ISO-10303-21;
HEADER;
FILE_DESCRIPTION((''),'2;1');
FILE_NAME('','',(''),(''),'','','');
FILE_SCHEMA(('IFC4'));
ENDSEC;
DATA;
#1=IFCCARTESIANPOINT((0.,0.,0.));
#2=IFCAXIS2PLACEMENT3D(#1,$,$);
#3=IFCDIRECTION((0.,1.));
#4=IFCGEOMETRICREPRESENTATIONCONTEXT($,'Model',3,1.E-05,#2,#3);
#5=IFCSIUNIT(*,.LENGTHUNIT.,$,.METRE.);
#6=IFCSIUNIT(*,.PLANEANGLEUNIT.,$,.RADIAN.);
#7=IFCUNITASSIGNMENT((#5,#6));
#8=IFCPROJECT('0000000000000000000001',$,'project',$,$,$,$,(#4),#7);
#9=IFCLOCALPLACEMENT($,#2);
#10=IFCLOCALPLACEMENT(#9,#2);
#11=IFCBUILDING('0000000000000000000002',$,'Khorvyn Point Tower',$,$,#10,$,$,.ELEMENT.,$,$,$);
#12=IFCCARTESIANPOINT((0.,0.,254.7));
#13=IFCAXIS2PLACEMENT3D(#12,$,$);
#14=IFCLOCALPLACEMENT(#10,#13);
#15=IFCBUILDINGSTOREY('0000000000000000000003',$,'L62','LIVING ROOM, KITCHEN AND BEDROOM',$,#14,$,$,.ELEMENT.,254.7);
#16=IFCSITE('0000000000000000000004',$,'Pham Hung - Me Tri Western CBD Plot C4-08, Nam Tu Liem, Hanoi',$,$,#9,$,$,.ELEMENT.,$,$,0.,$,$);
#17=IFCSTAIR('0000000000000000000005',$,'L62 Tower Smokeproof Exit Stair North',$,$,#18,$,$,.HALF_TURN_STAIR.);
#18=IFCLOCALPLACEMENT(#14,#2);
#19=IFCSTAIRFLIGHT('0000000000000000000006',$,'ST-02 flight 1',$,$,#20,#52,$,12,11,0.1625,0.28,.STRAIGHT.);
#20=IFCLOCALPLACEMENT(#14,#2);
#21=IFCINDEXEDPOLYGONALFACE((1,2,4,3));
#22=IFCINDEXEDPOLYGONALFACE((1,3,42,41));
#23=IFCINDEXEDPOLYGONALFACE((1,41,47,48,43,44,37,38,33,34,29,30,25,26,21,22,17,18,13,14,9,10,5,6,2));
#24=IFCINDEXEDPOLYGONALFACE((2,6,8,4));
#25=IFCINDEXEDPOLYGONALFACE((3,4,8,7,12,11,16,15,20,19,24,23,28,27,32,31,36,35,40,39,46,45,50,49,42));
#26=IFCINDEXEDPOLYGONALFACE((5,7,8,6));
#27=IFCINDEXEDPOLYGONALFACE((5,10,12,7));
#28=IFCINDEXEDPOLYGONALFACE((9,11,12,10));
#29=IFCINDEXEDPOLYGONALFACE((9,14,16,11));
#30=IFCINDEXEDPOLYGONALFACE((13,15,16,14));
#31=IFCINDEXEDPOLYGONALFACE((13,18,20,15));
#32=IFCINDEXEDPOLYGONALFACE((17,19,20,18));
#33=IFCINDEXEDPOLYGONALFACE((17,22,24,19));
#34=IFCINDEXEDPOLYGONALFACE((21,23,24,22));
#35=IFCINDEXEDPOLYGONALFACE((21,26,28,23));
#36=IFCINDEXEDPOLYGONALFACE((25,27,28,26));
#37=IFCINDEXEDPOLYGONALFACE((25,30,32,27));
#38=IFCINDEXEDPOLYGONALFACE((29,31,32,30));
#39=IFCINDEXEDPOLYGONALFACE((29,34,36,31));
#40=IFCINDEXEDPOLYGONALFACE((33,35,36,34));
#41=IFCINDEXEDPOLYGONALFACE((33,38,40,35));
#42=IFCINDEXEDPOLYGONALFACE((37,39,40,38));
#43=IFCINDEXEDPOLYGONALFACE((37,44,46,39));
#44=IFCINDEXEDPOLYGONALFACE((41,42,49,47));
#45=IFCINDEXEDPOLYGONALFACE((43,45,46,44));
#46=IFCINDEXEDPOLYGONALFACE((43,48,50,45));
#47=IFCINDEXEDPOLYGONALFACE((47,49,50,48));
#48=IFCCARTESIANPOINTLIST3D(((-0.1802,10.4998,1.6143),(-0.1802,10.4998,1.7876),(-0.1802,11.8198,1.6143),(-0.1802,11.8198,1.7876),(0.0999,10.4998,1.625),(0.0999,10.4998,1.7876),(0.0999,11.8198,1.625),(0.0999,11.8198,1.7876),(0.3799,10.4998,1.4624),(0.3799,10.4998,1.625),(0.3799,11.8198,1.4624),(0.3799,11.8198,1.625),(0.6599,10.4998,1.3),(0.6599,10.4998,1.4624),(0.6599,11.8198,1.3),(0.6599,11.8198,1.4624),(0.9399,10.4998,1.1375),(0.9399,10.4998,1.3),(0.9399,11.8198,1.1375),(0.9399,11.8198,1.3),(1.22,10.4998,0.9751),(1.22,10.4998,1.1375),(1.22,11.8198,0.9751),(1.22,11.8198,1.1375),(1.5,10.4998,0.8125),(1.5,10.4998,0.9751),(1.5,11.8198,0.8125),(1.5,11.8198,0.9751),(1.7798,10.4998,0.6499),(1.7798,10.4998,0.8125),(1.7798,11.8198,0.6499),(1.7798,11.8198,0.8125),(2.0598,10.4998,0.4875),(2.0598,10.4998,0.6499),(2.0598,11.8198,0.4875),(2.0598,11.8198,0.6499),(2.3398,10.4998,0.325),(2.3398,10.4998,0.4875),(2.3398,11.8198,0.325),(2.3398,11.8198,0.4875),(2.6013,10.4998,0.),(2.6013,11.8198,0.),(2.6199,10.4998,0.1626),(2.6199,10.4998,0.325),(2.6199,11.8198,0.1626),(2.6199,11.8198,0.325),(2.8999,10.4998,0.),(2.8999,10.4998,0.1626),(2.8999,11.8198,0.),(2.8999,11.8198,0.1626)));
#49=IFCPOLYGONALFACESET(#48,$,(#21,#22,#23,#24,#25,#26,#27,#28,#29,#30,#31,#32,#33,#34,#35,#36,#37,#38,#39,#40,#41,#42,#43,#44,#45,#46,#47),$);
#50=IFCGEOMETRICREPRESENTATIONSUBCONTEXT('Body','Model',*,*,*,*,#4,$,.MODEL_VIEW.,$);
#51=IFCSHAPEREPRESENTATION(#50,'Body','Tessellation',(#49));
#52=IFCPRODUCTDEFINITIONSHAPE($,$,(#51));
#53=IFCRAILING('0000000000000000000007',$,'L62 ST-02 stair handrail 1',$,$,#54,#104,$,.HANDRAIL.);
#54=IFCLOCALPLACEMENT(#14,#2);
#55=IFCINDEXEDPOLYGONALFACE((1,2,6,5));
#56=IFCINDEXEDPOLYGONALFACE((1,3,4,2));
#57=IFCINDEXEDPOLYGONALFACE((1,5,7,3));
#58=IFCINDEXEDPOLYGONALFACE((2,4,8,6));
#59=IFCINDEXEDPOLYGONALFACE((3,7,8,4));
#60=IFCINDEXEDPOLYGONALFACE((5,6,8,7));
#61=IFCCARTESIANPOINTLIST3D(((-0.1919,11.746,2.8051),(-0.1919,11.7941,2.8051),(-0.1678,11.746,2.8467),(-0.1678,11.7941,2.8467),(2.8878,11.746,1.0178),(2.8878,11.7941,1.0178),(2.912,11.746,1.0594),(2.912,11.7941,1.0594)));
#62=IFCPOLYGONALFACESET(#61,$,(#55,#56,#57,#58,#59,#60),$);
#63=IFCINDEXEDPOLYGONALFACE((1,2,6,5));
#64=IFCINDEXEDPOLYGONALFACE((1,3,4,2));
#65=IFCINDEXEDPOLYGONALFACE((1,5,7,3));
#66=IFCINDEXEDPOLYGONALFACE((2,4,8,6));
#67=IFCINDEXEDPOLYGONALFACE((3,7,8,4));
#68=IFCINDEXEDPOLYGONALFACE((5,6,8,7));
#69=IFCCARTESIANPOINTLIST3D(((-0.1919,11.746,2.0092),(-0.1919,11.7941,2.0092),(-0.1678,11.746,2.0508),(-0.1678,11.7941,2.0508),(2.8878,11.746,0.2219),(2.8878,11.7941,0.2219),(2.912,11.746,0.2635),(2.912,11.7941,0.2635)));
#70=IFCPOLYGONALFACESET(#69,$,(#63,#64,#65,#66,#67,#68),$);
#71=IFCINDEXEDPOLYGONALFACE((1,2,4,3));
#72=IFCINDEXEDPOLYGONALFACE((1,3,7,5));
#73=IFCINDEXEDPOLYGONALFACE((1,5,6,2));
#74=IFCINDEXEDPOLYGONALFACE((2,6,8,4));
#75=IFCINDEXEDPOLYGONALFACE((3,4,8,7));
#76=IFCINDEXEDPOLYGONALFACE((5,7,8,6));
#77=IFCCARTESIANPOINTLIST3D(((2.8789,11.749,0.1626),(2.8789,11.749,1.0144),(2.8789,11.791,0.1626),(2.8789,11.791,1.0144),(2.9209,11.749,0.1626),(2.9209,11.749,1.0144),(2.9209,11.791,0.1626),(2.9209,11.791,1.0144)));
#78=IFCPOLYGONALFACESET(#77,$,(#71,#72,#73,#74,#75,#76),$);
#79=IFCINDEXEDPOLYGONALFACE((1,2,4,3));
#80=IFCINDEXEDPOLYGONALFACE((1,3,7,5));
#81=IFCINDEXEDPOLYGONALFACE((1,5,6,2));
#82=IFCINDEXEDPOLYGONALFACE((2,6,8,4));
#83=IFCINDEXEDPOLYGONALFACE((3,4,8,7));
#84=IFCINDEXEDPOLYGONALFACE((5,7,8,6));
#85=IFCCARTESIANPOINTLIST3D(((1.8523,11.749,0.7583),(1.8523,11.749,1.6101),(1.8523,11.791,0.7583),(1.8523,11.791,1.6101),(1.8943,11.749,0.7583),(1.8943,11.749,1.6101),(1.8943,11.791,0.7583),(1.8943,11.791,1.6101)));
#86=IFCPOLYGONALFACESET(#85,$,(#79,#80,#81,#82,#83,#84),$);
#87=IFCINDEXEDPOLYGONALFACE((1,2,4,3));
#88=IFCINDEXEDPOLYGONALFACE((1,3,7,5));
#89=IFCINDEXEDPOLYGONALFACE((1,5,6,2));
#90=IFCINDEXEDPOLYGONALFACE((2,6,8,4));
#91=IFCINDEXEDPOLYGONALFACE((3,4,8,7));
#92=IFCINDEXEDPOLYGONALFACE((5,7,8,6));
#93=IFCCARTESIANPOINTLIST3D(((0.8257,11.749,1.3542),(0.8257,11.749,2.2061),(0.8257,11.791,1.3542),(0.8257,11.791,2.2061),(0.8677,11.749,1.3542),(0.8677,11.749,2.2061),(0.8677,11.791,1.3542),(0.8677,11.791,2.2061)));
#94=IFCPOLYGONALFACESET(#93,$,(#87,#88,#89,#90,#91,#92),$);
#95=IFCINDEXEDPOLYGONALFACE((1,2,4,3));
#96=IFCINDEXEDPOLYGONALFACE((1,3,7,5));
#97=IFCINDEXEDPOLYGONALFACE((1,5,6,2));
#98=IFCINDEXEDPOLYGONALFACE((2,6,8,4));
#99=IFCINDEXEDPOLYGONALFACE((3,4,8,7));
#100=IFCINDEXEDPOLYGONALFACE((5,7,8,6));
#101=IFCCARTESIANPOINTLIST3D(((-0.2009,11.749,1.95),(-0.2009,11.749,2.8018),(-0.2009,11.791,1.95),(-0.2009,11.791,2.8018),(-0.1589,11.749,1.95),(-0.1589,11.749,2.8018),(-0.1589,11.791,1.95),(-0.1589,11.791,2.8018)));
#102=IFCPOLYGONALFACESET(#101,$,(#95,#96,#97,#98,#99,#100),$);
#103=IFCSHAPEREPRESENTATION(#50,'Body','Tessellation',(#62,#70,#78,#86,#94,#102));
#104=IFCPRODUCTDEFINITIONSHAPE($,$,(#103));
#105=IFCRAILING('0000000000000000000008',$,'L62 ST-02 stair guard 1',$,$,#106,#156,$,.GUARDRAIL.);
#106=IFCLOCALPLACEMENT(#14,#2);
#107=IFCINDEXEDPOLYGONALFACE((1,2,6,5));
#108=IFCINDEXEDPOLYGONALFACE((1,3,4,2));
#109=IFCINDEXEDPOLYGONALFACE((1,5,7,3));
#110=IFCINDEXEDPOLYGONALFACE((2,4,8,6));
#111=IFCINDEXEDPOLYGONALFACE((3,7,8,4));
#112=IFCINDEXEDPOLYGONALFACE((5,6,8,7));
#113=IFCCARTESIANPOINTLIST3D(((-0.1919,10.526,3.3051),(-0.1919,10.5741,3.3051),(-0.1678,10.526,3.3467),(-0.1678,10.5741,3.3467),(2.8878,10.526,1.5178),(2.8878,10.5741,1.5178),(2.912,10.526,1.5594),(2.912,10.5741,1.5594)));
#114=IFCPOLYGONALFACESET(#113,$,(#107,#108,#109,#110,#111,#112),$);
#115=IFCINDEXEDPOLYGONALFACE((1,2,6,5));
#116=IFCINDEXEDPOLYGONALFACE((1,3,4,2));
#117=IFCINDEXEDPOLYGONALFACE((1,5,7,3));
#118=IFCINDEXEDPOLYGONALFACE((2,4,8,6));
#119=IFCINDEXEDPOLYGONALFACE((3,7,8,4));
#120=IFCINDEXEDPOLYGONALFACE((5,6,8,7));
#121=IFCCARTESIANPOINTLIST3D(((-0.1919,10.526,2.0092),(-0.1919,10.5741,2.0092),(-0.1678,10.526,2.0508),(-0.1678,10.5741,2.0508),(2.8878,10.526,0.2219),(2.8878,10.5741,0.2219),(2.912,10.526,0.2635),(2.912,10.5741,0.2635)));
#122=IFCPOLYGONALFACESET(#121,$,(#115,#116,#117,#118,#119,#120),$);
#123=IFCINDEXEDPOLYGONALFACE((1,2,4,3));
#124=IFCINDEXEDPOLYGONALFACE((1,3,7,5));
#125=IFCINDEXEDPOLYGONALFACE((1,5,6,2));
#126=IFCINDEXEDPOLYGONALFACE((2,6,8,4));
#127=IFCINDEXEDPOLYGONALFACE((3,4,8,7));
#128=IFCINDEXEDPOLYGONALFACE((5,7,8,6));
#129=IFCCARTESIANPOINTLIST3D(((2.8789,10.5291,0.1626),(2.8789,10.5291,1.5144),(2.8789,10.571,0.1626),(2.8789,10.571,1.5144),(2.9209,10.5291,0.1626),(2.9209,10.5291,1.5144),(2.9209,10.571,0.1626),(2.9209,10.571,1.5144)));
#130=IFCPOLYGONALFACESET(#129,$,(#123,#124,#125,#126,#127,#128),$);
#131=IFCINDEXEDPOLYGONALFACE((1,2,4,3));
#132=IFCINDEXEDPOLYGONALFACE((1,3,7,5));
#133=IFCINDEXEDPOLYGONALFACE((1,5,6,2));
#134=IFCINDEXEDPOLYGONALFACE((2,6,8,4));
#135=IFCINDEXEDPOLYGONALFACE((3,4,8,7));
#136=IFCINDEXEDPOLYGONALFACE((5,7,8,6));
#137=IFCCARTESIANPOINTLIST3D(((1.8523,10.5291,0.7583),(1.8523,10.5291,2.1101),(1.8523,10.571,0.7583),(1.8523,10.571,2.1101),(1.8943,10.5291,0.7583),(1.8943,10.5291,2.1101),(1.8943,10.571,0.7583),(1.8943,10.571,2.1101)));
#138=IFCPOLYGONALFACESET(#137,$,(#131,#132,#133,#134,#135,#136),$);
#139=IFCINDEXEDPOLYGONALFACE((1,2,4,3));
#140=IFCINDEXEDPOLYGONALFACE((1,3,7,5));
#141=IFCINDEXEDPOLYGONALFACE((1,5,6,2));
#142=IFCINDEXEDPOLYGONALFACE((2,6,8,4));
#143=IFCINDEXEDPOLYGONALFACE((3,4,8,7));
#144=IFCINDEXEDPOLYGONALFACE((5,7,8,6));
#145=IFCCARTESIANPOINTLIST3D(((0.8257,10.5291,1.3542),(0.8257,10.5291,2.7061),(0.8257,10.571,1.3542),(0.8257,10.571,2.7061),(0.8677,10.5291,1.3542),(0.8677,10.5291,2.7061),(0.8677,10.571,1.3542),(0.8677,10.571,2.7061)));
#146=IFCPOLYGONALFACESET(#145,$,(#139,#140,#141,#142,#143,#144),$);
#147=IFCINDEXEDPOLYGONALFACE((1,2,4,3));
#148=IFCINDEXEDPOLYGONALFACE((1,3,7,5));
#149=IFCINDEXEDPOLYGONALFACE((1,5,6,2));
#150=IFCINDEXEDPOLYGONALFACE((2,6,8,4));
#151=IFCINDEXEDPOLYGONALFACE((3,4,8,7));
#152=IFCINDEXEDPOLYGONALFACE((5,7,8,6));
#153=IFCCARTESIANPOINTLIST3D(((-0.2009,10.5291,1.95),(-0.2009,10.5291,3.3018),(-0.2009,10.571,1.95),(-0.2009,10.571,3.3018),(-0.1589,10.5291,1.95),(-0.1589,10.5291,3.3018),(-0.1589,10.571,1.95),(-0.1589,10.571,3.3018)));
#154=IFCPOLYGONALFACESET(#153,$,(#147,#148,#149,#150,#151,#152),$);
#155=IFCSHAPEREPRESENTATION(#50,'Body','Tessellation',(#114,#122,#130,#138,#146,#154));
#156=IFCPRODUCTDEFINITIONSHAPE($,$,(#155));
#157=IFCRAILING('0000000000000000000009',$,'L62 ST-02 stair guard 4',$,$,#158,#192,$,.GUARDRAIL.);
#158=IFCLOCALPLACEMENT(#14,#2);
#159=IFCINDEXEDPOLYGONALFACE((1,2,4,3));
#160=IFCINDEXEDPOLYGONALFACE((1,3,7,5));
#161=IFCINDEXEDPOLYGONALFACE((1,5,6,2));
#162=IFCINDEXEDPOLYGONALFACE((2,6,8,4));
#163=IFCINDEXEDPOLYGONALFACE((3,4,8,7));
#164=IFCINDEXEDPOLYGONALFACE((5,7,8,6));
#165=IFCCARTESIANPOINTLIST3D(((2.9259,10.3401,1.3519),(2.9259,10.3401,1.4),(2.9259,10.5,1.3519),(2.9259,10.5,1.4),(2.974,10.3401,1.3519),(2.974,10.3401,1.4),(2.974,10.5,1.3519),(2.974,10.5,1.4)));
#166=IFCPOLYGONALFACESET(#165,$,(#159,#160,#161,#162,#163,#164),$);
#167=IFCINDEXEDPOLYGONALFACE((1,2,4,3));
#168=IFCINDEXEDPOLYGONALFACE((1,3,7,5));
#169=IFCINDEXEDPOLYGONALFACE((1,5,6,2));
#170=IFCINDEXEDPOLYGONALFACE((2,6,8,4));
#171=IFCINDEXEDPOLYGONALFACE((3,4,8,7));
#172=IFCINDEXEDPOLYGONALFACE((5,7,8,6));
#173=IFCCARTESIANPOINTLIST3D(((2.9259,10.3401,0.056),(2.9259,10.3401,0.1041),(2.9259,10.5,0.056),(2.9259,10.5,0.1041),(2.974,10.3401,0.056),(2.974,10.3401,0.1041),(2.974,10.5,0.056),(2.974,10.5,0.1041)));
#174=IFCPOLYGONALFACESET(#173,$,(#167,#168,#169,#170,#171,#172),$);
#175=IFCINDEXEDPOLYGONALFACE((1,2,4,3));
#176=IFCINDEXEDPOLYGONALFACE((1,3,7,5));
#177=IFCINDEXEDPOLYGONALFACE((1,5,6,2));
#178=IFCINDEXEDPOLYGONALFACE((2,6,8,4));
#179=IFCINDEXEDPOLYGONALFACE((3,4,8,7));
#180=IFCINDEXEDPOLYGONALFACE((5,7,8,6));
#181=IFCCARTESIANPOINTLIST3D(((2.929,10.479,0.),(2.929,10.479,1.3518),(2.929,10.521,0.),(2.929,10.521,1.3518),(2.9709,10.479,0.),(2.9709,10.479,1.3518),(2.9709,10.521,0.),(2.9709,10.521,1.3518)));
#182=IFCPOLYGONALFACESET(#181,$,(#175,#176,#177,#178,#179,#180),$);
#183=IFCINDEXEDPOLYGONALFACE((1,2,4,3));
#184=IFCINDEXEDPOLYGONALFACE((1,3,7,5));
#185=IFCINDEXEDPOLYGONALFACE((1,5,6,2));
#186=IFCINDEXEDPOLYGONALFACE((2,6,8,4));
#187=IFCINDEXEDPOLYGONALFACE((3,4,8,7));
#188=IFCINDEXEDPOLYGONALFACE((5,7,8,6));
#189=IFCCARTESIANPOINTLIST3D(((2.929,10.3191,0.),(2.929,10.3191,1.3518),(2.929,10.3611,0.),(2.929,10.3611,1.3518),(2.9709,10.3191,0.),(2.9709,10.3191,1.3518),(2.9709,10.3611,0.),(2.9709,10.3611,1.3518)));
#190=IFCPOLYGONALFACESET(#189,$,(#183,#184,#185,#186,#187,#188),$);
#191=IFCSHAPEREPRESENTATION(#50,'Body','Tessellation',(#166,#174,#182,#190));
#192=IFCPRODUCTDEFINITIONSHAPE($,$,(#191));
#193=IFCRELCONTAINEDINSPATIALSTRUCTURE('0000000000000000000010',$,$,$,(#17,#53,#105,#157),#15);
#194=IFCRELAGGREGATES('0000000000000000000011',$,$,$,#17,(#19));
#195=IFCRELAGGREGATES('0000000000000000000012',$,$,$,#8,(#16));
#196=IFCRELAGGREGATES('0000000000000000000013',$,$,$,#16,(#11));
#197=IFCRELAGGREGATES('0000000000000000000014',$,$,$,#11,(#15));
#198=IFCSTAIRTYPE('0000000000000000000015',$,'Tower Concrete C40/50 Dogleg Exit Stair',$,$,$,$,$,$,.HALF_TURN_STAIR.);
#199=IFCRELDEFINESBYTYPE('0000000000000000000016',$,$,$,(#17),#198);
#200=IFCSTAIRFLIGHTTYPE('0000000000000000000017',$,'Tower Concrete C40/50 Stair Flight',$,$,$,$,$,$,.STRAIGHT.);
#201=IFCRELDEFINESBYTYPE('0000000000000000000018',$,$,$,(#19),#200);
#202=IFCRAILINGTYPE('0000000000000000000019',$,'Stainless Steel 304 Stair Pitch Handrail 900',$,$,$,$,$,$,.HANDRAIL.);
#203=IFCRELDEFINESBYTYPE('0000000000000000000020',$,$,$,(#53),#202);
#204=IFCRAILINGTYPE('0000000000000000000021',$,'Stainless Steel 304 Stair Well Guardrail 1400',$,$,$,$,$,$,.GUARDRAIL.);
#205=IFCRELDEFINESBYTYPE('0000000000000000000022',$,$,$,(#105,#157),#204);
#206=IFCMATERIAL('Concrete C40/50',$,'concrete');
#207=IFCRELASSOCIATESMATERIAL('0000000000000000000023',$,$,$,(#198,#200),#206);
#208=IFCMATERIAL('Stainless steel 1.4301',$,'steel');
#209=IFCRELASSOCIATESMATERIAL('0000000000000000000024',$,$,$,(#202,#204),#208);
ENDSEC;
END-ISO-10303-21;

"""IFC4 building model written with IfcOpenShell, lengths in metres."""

from ifc_helpers import new_model, si_unit, direction, frame, origin, origin_2d, place, context, subcontext, project, spatial, polyline, rectangle, outline, extrude, material, type_object, element, aggregate, save


model = new_model("IFC4")

# Units and contexts
model_context = context("Model", 3, precision=1e-05, world=origin(), true_north=direction((0.0, 1.0)))
body_context = subcontext(model_context, "Body", "Model", "MODEL_VIEW")
ifc_project = project(units=[si_unit("LENGTHUNIT", "METRE"), si_unit("PLANEANGLEUNIT", "RADIAN")], contexts=[model_context])

# Site, building, storey
site_placement = place(None, origin())
site = spatial("IfcSite", under=ifc_project, at=site_placement, Name="Pham Hung - Me Tri Western CBD Plot C4-08, Nam Tu Liem, Hanoi", CompositionType="ELEMENT", RefElevation=0.0)
building_placement = place(site_placement, origin())
building = spatial("IfcBuilding", under=site, at=building_placement, Name="Khorvyn Point Tower", CompositionType="ELEMENT")
storey_placement = place(building_placement, frame((0.0, 0.0, 254.7)))
storey = spatial("IfcBuildingStorey", under=building, at=storey_placement, Name="L62", Description="LIVING ROOM, KITCHEN AND BEDROOM", CompositionType="ELEMENT", Elevation=254.7)

# Shared definitions
ifc_material_1 = material(Name="Concrete C40/50", Category="concrete")

# Shared definitions
ifc_material_2 = material(Name="Stainless steel 1.4301", Category="steel")

# Stair, stair flight
stair_type = type_object("IfcStairType", Name="Tower Concrete C40/50 Dogleg Exit Stair", PredefinedType="HALF_TURN_STAIR", material=ifc_material_1)
stair_placement = place(storey_placement, origin())
stair = element("IfcStair", 1, at=stair_placement, inside=storey, type_object=stair_type, Name="L62 Tower Smokeproof Exit Stair North", PredefinedType="HALF_TURN_STAIR")
stair_flight_type = type_object("IfcStairFlightType", Name="Tower Concrete C40/50 Stair Flight", PredefinedType="STRAIGHT", material=ifc_material_1)
stair_flight_placement = place(storey_placement, frame((2.8999, 11.1599, 0.0), z_axis=(0.0, 0.0, 1.0), x_axis=(-1.0, 0.0, 0.0)))
stair_flight = element("IfcStairFlight", 2, at=stair_flight_placement, type_object=stair_flight_type, Name="ST-02 flight 1", NumberOfRisers=12, NumberOfTreads=11, PredefinedType="STRAIGHT", RiserHeight=0.1625, TreadLength=0.28, context=body_context, shape_type="SweptSolid", body=[
    extrude(outline(polyline([(0.0, 0.0), (0.0, 0.1626), (0.28, 0.1626), (0.28, 0.325), (0.5601, 0.325), (0.5601, 0.4875), (0.8401, 0.4875), (0.8401, 0.6499), (1.1201, 0.6499), (1.1201, 0.8125), (1.3999, 0.8125), (1.3999, 0.9751), (1.6799, 0.9751), (1.6799, 1.1375), (1.96, 1.1375), (1.96, 1.3), (2.24, 1.3), (2.24, 1.4624), (2.52, 1.4624), (2.52, 1.625), (2.8, 1.625), (2.8, 1.7876), (3.0801, 1.7876), (3.0801, 1.95), (3.0801, 1.6143), (0.2986, 0.0), (0.0, 0.0)])), frame((0.0, 0.6602, 0.0), z_axis=(0.0, -1.0, 0.0), x_axis=(1.0, 0.0, 0.0)), (0.0, 0.0, 1.0), 1.3201),
])
aggregate(stair, [stair_flight])

# Railings
railing_type_1 = type_object("IfcRailingType", Name="Stainless Steel 304 Stair Pitch Handrail 900", PredefinedType="HANDRAIL", material=ifc_material_2)
railing_1_placement = place(storey_placement, frame((2.8999, 11.77, 0.1626)))
element("IfcRailing", 3, at=railing_1_placement, inside=storey, type_object=railing_type_1, Name="L62 ST-02 stair handrail 1", PredefinedType="HANDRAIL", context=body_context, shape_type="SweptSolid", body=[
    extrude(rectangle(XDim=0.0481, YDim=0.0481, at=origin_2d()), frame((0.0, 0.0, 0.876), z_axis=(-0.864903, 0.0, 0.501939), x_axis=(0.0, -1.0, 0.0)), (0.0, 0.0, 1.0), 3.5608),
    extrude(rectangle(XDim=0.0481, YDim=0.0481, at=origin_2d()), frame((0.0, 0.0, 0.0801), z_axis=(-0.864903, 0.0, 0.501939), x_axis=(0.0, -1.0, 0.0)), (0.0, 0.0, 1.0), 3.5608),
    extrude(rectangle(XDim=0.042, YDim=0.042, at=origin_2d()), origin(), (0.0, 0.0, 1.0), 0.8518),
    extrude(rectangle(XDim=0.042, YDim=0.042, at=origin_2d()), frame((-1.0266, 0.0, 0.5957)), (0.0, 0.0, 1.0), 0.8518),
    extrude(rectangle(XDim=0.042, YDim=0.042, at=origin_2d()), frame((-2.0532, 0.0, 1.1917)), (0.0, 0.0, 1.0), 0.8518),
    extrude(rectangle(XDim=0.042, YDim=0.042, at=origin_2d()), frame((-3.0798, 0.0, 1.7874)), (0.0, 0.0, 1.0), 0.8518),
])
railing_type_2 = type_object("IfcRailingType", Name="Stainless Steel 304 Stair Well Guardrail 1400", PredefinedType="GUARDRAIL", material=ifc_material_2)
railing_2_placement = place(storey_placement, frame((2.8999, 10.55, 0.1626)))
element("IfcRailing", 4, at=railing_2_placement, inside=storey, type_object=railing_type_2, Name="L62 ST-02 stair guard 1", PredefinedType="GUARDRAIL", context=body_context, shape_type="SweptSolid", body=[
    extrude(rectangle(XDim=0.0481, YDim=0.0481, at=origin_2d()), frame((0.0, 0.0, 1.376), z_axis=(-0.864903, 0.0, 0.501939), x_axis=(0.0, -1.0, 0.0)), (0.0, 0.0, 1.0), 3.5608),
    extrude(rectangle(XDim=0.0481, YDim=0.0481, at=origin_2d()), frame((0.0, 0.0, 0.0801), z_axis=(-0.864903, 0.0, 0.501939), x_axis=(0.0, -1.0, 0.0)), (0.0, 0.0, 1.0), 3.5608),
    extrude(rectangle(XDim=0.042, YDim=0.042, at=origin_2d()), origin(), (0.0, 0.0, 1.0), 1.3518),
    extrude(rectangle(XDim=0.042, YDim=0.042, at=origin_2d()), frame((-1.0266, 0.0, 0.5957)), (0.0, 0.0, 1.0), 1.3518),
    extrude(rectangle(XDim=0.042, YDim=0.042, at=origin_2d()), frame((-2.0532, 0.0, 1.1917)), (0.0, 0.0, 1.0), 1.3518),
    extrude(rectangle(XDim=0.042, YDim=0.042, at=origin_2d()), frame((-3.0798, 0.0, 1.7874)), (0.0, 0.0, 1.0), 1.3518),
])
railing_3_placement = place(storey_placement, frame((2.95, 10.5, 0.0)))
element("IfcRailing", 5, at=railing_3_placement, inside=storey, type_object=railing_type_2, Name="L62 ST-02 stair guard 4", PredefinedType="GUARDRAIL", context=body_context, shape_type="SweptSolid", body=[
    extrude(rectangle(XDim=0.0481, YDim=0.0481, at=origin_2d()), frame((0.0, 0.0, 1.376), z_axis=(0.0, -1.0, 0.0), x_axis=(1.0, 0.0, 0.0)), (0.0, 0.0, 1.0), 0.1599),
    extrude(rectangle(XDim=0.0481, YDim=0.0481, at=origin_2d()), frame((0.0, 0.0, 0.0801), z_axis=(0.0, -1.0, 0.0), x_axis=(1.0, 0.0, 0.0)), (0.0, 0.0, 1.0), 0.1599),
    extrude(rectangle(XDim=0.042, YDim=0.042, at=origin_2d()), origin(), (0.0, 0.0, 1.0), 1.3518),
    extrude(rectangle(XDim=0.042, YDim=0.042, at=origin_2d()), frame((0.0, -0.1599, 0.0)), (0.0, 0.0, 1.0), 1.3518),
])

save(model, "model.ifc")
